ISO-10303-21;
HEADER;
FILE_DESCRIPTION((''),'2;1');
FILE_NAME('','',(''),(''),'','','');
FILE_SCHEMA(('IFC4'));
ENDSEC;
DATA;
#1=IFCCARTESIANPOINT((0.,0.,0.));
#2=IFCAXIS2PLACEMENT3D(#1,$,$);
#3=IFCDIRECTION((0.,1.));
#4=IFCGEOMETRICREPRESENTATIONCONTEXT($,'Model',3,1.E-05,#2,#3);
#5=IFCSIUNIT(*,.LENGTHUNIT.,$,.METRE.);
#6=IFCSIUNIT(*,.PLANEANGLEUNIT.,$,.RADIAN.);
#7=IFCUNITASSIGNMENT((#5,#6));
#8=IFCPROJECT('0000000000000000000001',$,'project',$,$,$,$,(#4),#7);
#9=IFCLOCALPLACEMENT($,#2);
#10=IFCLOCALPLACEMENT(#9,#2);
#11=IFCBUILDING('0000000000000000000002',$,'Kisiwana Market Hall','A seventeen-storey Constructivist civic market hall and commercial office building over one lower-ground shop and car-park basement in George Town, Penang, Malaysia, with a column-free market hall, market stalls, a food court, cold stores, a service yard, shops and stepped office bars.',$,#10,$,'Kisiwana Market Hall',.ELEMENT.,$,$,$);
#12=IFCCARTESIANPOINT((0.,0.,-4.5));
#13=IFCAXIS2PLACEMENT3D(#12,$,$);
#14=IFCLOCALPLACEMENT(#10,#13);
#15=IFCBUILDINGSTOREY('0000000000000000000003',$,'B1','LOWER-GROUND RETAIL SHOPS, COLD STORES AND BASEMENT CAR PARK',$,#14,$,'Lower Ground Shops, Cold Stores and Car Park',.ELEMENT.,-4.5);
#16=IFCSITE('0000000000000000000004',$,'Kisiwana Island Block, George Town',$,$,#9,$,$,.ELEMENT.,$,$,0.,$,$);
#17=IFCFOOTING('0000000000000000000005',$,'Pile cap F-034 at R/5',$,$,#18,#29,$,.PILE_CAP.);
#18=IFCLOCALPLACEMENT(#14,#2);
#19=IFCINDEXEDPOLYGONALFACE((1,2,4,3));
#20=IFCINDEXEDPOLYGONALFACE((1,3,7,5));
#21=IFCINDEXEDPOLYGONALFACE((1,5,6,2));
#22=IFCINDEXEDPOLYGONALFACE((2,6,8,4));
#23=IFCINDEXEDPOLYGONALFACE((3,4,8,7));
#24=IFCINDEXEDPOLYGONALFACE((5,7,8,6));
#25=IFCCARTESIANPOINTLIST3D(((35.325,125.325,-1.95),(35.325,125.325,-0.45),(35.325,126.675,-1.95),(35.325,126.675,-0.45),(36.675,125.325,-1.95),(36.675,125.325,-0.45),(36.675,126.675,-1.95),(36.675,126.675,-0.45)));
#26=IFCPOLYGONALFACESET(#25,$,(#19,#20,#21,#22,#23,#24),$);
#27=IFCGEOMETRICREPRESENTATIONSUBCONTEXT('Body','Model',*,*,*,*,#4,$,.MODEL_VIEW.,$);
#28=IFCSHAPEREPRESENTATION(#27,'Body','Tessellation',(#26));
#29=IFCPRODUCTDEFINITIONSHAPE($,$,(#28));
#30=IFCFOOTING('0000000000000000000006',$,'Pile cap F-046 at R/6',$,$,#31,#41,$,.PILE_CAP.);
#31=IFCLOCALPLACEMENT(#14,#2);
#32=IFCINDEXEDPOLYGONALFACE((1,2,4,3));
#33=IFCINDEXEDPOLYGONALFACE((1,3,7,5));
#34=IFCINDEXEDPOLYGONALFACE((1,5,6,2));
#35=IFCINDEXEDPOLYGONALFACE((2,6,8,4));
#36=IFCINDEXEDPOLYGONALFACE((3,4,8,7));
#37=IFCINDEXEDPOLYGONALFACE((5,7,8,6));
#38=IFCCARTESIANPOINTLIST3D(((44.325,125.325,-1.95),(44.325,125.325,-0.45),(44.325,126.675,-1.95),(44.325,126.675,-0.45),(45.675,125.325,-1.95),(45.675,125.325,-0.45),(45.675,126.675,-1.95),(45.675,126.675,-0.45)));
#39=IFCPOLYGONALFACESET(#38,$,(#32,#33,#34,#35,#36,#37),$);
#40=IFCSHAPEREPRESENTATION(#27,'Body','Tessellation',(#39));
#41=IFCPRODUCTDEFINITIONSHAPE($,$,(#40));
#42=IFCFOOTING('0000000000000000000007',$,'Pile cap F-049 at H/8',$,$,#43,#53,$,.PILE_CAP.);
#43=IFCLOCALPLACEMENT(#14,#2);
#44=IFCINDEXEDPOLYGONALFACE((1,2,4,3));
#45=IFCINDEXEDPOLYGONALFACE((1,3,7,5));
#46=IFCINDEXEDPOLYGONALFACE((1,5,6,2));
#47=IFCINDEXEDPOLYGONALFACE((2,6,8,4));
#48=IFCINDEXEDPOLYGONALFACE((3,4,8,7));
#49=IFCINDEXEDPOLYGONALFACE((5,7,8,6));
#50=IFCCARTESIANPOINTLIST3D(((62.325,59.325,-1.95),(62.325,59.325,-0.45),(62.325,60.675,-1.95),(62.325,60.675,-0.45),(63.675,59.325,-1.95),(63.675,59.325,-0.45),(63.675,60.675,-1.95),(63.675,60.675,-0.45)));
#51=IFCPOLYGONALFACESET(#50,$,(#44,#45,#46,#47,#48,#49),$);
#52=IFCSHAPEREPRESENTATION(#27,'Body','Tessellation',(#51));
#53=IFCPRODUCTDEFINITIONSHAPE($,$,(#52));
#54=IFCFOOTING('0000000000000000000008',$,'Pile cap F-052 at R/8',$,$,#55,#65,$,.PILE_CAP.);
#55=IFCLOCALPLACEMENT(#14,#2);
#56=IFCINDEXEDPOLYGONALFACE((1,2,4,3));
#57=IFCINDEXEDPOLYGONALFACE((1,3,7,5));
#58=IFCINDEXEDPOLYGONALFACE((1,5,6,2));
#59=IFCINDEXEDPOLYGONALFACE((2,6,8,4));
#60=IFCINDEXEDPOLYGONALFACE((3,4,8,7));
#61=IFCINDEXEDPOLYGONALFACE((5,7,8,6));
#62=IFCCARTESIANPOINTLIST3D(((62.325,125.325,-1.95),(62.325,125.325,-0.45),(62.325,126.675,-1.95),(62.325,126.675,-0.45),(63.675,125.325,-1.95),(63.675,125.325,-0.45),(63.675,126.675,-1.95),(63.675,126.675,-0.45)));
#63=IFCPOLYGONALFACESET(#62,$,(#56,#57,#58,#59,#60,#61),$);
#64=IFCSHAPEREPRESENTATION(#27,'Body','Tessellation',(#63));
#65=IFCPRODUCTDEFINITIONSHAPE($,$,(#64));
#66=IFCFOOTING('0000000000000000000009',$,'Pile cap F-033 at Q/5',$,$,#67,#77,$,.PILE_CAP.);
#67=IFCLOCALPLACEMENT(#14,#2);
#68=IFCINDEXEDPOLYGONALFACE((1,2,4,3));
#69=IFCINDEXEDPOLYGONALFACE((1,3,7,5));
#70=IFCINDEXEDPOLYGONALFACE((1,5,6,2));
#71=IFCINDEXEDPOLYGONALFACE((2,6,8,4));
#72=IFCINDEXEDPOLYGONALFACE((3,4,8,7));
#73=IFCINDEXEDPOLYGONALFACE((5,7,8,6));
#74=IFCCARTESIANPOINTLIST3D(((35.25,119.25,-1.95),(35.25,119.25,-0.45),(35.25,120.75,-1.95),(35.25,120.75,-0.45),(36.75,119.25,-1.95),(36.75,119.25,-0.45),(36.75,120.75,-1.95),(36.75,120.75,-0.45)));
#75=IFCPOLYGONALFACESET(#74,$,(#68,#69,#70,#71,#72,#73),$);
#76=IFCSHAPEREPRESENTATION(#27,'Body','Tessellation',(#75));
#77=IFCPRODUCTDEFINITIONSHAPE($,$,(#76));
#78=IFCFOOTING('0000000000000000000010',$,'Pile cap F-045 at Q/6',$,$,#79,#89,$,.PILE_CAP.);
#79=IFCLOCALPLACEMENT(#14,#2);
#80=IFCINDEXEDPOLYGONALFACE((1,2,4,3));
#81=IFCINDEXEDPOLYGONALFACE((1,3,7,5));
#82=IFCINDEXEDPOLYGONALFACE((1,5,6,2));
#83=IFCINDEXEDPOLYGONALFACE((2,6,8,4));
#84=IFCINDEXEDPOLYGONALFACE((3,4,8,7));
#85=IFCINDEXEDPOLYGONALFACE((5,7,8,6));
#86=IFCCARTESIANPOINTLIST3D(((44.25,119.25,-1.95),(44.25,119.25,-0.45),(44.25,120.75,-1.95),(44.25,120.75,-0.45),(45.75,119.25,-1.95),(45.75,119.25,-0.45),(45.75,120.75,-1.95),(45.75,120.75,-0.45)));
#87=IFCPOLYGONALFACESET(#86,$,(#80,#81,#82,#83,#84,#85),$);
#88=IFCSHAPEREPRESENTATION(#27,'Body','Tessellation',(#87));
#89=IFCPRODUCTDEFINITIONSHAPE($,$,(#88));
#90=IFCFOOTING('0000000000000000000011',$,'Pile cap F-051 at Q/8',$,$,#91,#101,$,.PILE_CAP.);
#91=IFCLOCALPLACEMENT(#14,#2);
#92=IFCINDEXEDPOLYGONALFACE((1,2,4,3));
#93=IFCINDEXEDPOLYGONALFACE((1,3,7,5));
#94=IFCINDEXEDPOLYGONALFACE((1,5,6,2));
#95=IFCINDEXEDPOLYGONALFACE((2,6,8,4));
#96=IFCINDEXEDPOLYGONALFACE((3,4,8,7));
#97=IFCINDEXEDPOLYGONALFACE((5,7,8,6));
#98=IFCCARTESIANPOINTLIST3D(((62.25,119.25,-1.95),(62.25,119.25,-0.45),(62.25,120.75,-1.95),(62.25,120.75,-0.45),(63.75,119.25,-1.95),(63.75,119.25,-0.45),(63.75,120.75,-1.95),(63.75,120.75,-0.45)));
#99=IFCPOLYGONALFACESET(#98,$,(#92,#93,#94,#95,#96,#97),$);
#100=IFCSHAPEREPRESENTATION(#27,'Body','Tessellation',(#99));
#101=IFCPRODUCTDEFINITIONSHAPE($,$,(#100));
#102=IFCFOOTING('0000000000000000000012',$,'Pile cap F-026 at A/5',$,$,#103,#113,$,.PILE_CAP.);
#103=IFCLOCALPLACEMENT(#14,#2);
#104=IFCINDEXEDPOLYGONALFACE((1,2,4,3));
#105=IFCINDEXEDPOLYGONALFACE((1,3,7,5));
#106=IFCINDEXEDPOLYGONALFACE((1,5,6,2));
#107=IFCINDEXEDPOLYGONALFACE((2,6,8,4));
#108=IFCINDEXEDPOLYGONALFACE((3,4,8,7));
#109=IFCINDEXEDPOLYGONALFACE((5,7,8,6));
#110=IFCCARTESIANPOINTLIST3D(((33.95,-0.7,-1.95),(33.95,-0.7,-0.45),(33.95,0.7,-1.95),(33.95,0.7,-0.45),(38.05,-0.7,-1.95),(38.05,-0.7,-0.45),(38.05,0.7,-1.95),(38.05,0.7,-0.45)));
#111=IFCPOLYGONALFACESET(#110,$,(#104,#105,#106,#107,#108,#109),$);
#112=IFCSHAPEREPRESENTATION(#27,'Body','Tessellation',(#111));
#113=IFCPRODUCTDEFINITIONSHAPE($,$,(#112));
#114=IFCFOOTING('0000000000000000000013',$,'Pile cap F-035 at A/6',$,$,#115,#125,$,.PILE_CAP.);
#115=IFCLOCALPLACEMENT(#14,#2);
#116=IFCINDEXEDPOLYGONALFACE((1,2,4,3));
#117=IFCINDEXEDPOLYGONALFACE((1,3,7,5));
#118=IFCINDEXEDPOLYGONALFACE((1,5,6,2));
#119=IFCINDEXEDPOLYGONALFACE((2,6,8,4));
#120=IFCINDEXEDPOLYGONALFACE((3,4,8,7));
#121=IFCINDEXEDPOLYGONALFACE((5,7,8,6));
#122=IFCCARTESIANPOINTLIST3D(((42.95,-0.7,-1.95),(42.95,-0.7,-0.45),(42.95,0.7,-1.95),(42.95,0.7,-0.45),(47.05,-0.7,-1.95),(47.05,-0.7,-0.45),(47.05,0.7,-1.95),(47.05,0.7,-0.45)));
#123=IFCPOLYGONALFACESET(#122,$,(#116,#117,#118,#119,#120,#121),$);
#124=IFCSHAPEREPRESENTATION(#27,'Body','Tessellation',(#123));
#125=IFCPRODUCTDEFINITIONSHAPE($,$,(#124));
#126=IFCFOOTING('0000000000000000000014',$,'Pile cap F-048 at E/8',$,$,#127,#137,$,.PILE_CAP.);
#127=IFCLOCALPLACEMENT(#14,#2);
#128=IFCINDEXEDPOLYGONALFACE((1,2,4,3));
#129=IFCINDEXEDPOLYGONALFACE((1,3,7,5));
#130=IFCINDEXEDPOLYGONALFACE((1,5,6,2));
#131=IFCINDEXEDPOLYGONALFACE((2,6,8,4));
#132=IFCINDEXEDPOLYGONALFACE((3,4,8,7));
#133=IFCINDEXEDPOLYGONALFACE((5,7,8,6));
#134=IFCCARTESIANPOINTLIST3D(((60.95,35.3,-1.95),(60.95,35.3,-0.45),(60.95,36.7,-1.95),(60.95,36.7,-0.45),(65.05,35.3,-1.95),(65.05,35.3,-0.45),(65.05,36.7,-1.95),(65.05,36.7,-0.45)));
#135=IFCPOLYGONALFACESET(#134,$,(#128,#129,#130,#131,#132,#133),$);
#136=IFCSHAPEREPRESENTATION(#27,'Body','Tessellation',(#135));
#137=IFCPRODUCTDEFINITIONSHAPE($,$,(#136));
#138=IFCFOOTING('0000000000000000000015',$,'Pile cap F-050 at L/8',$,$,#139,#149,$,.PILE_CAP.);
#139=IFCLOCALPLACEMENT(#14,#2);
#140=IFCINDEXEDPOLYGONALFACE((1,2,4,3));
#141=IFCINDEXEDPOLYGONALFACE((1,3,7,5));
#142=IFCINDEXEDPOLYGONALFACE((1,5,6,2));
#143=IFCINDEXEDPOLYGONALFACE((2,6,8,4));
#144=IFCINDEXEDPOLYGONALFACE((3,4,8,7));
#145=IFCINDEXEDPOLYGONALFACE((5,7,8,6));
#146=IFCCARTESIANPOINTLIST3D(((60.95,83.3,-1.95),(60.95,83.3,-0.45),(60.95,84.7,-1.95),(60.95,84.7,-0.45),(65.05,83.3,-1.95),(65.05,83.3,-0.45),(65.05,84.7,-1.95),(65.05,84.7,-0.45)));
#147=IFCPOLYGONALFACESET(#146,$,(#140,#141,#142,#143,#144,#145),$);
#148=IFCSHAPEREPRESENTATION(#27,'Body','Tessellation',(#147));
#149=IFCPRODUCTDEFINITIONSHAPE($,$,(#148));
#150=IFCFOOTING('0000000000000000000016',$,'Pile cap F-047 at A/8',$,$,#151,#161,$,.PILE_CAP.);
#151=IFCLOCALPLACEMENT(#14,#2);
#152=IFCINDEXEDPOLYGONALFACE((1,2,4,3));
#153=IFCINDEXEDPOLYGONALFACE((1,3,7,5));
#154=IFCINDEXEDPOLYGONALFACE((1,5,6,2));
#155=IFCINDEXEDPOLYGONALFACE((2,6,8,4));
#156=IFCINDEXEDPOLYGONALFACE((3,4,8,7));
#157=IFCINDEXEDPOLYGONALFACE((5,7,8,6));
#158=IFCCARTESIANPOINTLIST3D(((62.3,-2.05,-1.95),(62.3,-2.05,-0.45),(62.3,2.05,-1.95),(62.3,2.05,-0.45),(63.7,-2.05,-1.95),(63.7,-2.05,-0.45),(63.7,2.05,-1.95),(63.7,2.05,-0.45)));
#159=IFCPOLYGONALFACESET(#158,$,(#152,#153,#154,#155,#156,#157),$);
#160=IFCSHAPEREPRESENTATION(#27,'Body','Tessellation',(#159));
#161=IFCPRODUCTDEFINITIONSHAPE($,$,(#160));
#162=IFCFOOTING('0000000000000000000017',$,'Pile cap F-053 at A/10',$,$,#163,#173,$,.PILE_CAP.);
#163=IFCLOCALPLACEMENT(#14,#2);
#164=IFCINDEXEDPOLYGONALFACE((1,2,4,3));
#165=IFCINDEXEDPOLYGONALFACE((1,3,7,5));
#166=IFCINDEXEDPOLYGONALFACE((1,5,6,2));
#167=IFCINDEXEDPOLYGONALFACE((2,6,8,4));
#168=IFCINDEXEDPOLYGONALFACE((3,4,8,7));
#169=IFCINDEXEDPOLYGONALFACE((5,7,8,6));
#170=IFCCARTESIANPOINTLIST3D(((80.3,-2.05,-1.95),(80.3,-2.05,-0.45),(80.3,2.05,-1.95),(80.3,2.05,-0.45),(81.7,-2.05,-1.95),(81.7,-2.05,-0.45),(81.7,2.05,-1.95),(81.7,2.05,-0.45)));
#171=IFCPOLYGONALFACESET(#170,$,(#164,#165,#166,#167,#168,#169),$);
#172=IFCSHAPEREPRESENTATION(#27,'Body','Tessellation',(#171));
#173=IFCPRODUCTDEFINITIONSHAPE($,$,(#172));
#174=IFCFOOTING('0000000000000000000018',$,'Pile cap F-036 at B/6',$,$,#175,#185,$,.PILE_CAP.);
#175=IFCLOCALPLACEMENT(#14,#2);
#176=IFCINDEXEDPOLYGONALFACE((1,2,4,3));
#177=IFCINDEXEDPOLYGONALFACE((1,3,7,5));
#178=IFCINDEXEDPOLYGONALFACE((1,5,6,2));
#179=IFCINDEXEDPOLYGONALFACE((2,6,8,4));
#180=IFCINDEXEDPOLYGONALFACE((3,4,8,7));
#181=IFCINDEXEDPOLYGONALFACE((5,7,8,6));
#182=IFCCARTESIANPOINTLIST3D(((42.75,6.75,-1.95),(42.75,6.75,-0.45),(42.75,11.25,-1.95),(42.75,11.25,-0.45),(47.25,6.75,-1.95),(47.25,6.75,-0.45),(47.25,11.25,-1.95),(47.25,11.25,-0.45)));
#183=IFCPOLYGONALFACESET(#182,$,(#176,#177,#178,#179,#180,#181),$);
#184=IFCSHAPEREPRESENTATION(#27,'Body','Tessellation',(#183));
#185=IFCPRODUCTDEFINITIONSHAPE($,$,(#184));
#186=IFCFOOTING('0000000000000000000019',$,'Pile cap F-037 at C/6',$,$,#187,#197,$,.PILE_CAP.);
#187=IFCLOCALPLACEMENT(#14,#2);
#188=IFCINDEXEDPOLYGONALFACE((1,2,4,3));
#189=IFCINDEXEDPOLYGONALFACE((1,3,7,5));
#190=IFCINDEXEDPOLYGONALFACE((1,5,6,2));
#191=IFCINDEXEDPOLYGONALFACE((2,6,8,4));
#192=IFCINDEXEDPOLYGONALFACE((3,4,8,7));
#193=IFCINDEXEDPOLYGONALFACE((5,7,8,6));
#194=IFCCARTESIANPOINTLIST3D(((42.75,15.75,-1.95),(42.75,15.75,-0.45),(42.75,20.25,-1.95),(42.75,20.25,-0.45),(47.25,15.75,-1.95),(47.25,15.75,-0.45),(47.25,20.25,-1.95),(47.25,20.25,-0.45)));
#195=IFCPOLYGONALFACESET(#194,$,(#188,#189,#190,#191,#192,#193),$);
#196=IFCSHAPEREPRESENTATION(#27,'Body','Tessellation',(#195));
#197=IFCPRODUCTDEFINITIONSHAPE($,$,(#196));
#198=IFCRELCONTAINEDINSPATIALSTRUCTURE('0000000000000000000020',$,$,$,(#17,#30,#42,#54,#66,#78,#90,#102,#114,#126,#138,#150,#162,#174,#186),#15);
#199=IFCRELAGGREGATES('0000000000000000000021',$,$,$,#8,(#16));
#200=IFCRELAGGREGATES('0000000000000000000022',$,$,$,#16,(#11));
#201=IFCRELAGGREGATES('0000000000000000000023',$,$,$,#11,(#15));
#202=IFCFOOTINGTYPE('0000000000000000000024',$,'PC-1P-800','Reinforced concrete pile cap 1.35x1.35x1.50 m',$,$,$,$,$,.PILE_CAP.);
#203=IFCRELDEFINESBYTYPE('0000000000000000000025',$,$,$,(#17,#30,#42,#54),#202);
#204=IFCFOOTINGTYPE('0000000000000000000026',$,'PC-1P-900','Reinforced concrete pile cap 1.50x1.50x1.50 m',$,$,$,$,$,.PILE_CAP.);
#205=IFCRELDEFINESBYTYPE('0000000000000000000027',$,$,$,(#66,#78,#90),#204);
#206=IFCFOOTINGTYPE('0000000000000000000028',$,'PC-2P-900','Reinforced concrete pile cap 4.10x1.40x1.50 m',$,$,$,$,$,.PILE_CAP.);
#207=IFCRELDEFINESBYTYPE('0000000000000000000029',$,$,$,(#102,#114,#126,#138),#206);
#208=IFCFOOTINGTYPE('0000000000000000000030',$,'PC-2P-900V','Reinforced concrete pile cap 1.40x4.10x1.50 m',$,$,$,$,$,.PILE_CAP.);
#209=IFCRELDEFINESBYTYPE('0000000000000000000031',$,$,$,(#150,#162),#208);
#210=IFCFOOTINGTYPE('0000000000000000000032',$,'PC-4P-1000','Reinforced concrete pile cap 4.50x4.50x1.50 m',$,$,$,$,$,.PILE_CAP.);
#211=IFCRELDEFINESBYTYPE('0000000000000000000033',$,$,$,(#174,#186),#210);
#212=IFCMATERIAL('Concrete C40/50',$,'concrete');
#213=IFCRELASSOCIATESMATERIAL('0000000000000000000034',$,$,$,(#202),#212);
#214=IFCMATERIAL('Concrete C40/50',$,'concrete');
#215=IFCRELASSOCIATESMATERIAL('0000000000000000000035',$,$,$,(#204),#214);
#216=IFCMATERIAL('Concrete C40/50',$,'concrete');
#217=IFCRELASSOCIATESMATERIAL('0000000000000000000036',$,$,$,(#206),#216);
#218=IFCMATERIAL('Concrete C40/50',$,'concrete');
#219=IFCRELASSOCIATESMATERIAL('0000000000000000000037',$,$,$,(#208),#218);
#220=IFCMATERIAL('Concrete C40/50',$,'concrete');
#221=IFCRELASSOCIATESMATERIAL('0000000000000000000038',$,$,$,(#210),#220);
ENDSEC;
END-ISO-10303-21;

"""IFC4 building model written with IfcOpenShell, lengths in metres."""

from ifc_helpers import new_model, si_unit, direction, frame, origin, place, context, subcontext, project, spatial, polyline, outline, extrude, material, type_object, element, save


model = new_model("IFC4")

# Units and contexts
model_context = context("Model", 3, precision=1e-05, world=origin(), true_north=direction((0.0, 1.0)))
body_context = subcontext(model_context, "Body", "Model", "MODEL_VIEW")
ifc_project = project(units=[si_unit("LENGTHUNIT", "METRE"), si_unit("PLANEANGLEUNIT", "RADIAN")], contexts=[model_context])

# Site, building, storey
site_placement = place(None, origin())
site = spatial("IfcSite", under=ifc_project, at=site_placement, Name="Kisiwana Island Block, George Town", CompositionType="ELEMENT", RefElevation=0.0)
building_placement = place(site_placement, origin())
building = spatial("IfcBuilding", under=site, at=building_placement, Name="Kisiwana Market Hall", Description="A seventeen-storey Constructivist civic market hall and commercial office building over one lower-ground shop and car-park basement in George Town, Penang, Malaysia, with a column-free market hall, market stalls, a food court, cold stores, a service yard, shops and stepped office bars.", LongName="Kisiwana Market Hall", CompositionType="ELEMENT")
storey_placement = place(building_placement, frame((0.0, 0.0, -4.5)))
storey = spatial("IfcBuildingStorey", under=building, at=storey_placement, Name="B1", Description="LOWER-GROUND RETAIL SHOPS, COLD STORES AND BASEMENT CAR PARK", LongName="Lower Ground Shops, Cold Stores and Car Park", CompositionType="ELEMENT", Elevation=-4.5)

# Footings
ifc_material_1 = material(Name="Concrete C40/50", Category="concrete")
footing_type_1 = type_object("IfcFootingType", Name="PC-1P-800", Description="Reinforced concrete pile cap 1.35x1.35x1.50 m", PredefinedType="PILE_CAP", material=ifc_material_1)
footing_1_placement = place(storey_placement, frame((0.0, 0.0, -1.95)))
element("IfcFooting", 1, at=footing_1_placement, inside=storey, type_object=footing_type_1, Name="Pile cap F-034 at R/5", PredefinedType="PILE_CAP", context=body_context, shape_type="SweptSolid", body=[
    extrude(outline(polyline([(35.325, 125.325), (36.675, 125.325), (36.675, 126.675), (35.325, 126.675), (35.325, 125.325)])), origin(), (0.0, 0.0, 1.0), 1.5),
])
footing_2_placement = place(storey_placement, frame((0.0, 0.0, -1.95)))
element("IfcFooting", 2, at=footing_2_placement, inside=storey, type_object=footing_type_1, Name="Pile cap F-046 at R/6", PredefinedType="PILE_CAP", context=body_context, shape_type="SweptSolid", body=[
    extrude(outline(polyline([(44.325, 125.325), (45.675, 125.325), (45.675, 126.675), (44.325, 126.675), (44.325, 125.325)])), origin(), (0.0, 0.0, 1.0), 1.5),
])
footing_3_placement = place(storey_placement, frame((0.0, 0.0, -1.95)))
element("IfcFooting", 3, at=footing_3_placement, inside=storey, type_object=footing_type_1, Name="Pile cap F-049 at H/8", PredefinedType="PILE_CAP", context=body_context, shape_type="SweptSolid", body=[
    extrude(outline(polyline([(62.325, 59.325), (63.675, 59.325), (63.675, 60.675), (62.325, 60.675), (62.325, 59.325)])), origin(), (0.0, 0.0, 1.0), 1.5),
])
footing_4_placement = place(storey_placement, frame((0.0, 0.0, -1.95)))
element("IfcFooting", 4, at=footing_4_placement, inside=storey, type_object=footing_type_1, Name="Pile cap F-052 at R/8", PredefinedType="PILE_CAP", context=body_context, shape_type="SweptSolid", body=[
    extrude(outline(polyline([(62.325, 125.325), (63.675, 125.325), (63.675, 126.675), (62.325, 126.675), (62.325, 125.325)])), origin(), (0.0, 0.0, 1.0), 1.5),
])
ifc_material_2 = material(Name="Concrete C40/50", Category="concrete")
footing_type_2 = type_object("IfcFootingType", Name="PC-1P-900", Description="Reinforced concrete pile cap 1.50x1.50x1.50 m", PredefinedType="PILE_CAP", material=ifc_material_2)
footing_5_placement = place(storey_placement, frame((0.0, 0.0, -1.95)))
element("IfcFooting", 5, at=footing_5_placement, inside=storey, type_object=footing_type_2, Name="Pile cap F-033 at Q/5", PredefinedType="PILE_CAP", context=body_context, shape_type="SweptSolid", body=[
    extrude(outline(polyline([(35.25, 119.25), (36.75, 119.25), (36.75, 120.75), (35.25, 120.75), (35.25, 119.25)])), origin(), (0.0, 0.0, 1.0), 1.5),
])
footing_6_placement = place(storey_placement, frame((0.0, 0.0, -1.95)))
element("IfcFooting", 6, at=footing_6_placement, inside=storey, type_object=footing_type_2, Name="Pile cap F-045 at Q/6", PredefinedType="PILE_CAP", context=body_context, shape_type="SweptSolid", body=[
    extrude(outline(polyline([(44.25, 119.25), (45.75, 119.25), (45.75, 120.75), (44.25, 120.75), (44.25, 119.25)])), origin(), (0.0, 0.0, 1.0), 1.5),
])
footing_7_placement = place(storey_placement, frame((0.0, 0.0, -1.95)))
element("IfcFooting", 7, at=footing_7_placement, inside=storey, type_object=footing_type_2, Name="Pile cap F-051 at Q/8", PredefinedType="PILE_CAP", context=body_context, shape_type="SweptSolid", body=[
    extrude(outline(polyline([(62.25, 119.25), (63.75, 119.25), (63.75, 120.75), (62.25, 120.75), (62.25, 119.25)])), origin(), (0.0, 0.0, 1.0), 1.5),
])
ifc_material_3 = material(Name="Concrete C40/50", Category="concrete")
footing_type_3 = type_object("IfcFootingType", Name="PC-2P-900", Description="Reinforced concrete pile cap 4.10x1.40x1.50 m", PredefinedType="PILE_CAP", material=ifc_material_3)
footing_8_placement = place(storey_placement, frame((0.0, 0.0, -1.95)))
element("IfcFooting", 8, at=footing_8_placement, inside=storey, type_object=footing_type_3, Name="Pile cap F-026 at A/5", PredefinedType="PILE_CAP", context=body_context, shape_type="SweptSolid", body=[
    extrude(outline(polyline([(33.95, -0.7), (38.05, -0.7), (38.05, 0.7), (33.95, 0.7), (33.95, -0.7)])), origin(), (0.0, 0.0, 1.0), 1.5),
])
footing_9_placement = place(storey_placement, frame((0.0, 0.0, -1.95)))
element("IfcFooting", 9, at=footing_9_placement, inside=storey, type_object=footing_type_3, Name="Pile cap F-035 at A/6", PredefinedType="PILE_CAP", context=body_context, shape_type="SweptSolid", body=[
    extrude(outline(polyline([(42.95, -0.7), (47.05, -0.7), (47.05, 0.7), (42.95, 0.7), (42.95, -0.7)])), origin(), (0.0, 0.0, 1.0), 1.5),
])
footing_10_placement = place(storey_placement, frame((0.0, 0.0, -1.95)))
element("IfcFooting", 10, at=footing_10_placement, inside=storey, type_object=footing_type_3, Name="Pile cap F-048 at E/8", PredefinedType="PILE_CAP", context=body_context, shape_type="SweptSolid", body=[
    extrude(outline(polyline([(60.95, 35.3), (65.05, 35.3), (65.05, 36.7), (60.95, 36.7), (60.95, 35.3)])), origin(), (0.0, 0.0, 1.0), 1.5),
])
footing_11_placement = place(storey_placement, frame((0.0, 0.0, -1.95)))
element("IfcFooting", 11, at=footing_11_placement, inside=storey, type_object=footing_type_3, Name="Pile cap F-050 at L/8", PredefinedType="PILE_CAP", context=body_context, shape_type="SweptSolid", body=[
    extrude(outline(polyline([(60.95, 83.3), (65.05, 83.3), (65.05, 84.7), (60.95, 84.7), (60.95, 83.3)])), origin(), (0.0, 0.0, 1.0), 1.5),
])
ifc_material_4 = material(Name="Concrete C40/50", Category="concrete")
footing_type_4 = type_object("IfcFootingType", Name="PC-2P-900V", Description="Reinforced concrete pile cap 1.40x4.10x1.50 m", PredefinedType="PILE_CAP", material=ifc_material_4)
footing_12_placement = place(storey_placement, frame((0.0, 0.0, -1.95)))
element("IfcFooting", 12, at=footing_12_placement, inside=storey, type_object=footing_type_4, Name="Pile cap F-047 at A/8", PredefinedType="PILE_CAP", context=body_context, shape_type="SweptSolid", body=[
    extrude(outline(polyline([(62.3, -2.05), (63.7, -2.05), (63.7, 2.05), (62.3, 2.05), (62.3, -2.05)])), origin(), (0.0, 0.0, 1.0), 1.5),
])
footing_13_placement = place(storey_placement, frame((0.0, 0.0, -1.95)))
element("IfcFooting", 13, at=footing_13_placement, inside=storey, type_object=footing_type_4, Name="Pile cap F-053 at A/10", PredefinedType="PILE_CAP", context=body_context, shape_type="SweptSolid", body=[
    extrude(outline(polyline([(80.3, -2.05), (81.7, -2.05), (81.7, 2.05), (80.3, 2.05), (80.3, -2.05)])), origin(), (0.0, 0.0, 1.0), 1.5),
])
ifc_material_5 = material(Name="Concrete C40/50", Category="concrete")
footing_type_5 = type_object("IfcFootingType", Name="PC-4P-1000", Description="Reinforced concrete pile cap 4.50x4.50x1.50 m", PredefinedType="PILE_CAP", material=ifc_material_5)
footing_14_placement = place(storey_placement, frame((0.0, 0.0, -1.95)))
element("IfcFooting", 14, at=footing_14_placement, inside=storey, type_object=footing_type_5, Name="Pile cap F-036 at B/6", PredefinedType="PILE_CAP", context=body_context, shape_type="SweptSolid", body=[
    extrude(outline(polyline([(42.75, 6.75), (47.25, 6.75), (47.25, 11.25), (42.75, 11.25), (42.75, 6.75)])), origin(), (0.0, 0.0, 1.0), 1.5),
])
footing_15_placement = place(storey_placement, frame((0.0, 0.0, -1.95)))
element("IfcFooting", 15, at=footing_15_placement, inside=storey, type_object=footing_type_5, Name="Pile cap F-037 at C/6", PredefinedType="PILE_CAP", context=body_context, shape_type="SweptSolid", body=[
    extrude(outline(polyline([(42.75, 15.75), (47.25, 15.75), (47.25, 20.25), (42.75, 20.25), (42.75, 15.75)])), origin(), (0.0, 0.0, 1.0), 1.5),
])

save(model, "model.ifc")
